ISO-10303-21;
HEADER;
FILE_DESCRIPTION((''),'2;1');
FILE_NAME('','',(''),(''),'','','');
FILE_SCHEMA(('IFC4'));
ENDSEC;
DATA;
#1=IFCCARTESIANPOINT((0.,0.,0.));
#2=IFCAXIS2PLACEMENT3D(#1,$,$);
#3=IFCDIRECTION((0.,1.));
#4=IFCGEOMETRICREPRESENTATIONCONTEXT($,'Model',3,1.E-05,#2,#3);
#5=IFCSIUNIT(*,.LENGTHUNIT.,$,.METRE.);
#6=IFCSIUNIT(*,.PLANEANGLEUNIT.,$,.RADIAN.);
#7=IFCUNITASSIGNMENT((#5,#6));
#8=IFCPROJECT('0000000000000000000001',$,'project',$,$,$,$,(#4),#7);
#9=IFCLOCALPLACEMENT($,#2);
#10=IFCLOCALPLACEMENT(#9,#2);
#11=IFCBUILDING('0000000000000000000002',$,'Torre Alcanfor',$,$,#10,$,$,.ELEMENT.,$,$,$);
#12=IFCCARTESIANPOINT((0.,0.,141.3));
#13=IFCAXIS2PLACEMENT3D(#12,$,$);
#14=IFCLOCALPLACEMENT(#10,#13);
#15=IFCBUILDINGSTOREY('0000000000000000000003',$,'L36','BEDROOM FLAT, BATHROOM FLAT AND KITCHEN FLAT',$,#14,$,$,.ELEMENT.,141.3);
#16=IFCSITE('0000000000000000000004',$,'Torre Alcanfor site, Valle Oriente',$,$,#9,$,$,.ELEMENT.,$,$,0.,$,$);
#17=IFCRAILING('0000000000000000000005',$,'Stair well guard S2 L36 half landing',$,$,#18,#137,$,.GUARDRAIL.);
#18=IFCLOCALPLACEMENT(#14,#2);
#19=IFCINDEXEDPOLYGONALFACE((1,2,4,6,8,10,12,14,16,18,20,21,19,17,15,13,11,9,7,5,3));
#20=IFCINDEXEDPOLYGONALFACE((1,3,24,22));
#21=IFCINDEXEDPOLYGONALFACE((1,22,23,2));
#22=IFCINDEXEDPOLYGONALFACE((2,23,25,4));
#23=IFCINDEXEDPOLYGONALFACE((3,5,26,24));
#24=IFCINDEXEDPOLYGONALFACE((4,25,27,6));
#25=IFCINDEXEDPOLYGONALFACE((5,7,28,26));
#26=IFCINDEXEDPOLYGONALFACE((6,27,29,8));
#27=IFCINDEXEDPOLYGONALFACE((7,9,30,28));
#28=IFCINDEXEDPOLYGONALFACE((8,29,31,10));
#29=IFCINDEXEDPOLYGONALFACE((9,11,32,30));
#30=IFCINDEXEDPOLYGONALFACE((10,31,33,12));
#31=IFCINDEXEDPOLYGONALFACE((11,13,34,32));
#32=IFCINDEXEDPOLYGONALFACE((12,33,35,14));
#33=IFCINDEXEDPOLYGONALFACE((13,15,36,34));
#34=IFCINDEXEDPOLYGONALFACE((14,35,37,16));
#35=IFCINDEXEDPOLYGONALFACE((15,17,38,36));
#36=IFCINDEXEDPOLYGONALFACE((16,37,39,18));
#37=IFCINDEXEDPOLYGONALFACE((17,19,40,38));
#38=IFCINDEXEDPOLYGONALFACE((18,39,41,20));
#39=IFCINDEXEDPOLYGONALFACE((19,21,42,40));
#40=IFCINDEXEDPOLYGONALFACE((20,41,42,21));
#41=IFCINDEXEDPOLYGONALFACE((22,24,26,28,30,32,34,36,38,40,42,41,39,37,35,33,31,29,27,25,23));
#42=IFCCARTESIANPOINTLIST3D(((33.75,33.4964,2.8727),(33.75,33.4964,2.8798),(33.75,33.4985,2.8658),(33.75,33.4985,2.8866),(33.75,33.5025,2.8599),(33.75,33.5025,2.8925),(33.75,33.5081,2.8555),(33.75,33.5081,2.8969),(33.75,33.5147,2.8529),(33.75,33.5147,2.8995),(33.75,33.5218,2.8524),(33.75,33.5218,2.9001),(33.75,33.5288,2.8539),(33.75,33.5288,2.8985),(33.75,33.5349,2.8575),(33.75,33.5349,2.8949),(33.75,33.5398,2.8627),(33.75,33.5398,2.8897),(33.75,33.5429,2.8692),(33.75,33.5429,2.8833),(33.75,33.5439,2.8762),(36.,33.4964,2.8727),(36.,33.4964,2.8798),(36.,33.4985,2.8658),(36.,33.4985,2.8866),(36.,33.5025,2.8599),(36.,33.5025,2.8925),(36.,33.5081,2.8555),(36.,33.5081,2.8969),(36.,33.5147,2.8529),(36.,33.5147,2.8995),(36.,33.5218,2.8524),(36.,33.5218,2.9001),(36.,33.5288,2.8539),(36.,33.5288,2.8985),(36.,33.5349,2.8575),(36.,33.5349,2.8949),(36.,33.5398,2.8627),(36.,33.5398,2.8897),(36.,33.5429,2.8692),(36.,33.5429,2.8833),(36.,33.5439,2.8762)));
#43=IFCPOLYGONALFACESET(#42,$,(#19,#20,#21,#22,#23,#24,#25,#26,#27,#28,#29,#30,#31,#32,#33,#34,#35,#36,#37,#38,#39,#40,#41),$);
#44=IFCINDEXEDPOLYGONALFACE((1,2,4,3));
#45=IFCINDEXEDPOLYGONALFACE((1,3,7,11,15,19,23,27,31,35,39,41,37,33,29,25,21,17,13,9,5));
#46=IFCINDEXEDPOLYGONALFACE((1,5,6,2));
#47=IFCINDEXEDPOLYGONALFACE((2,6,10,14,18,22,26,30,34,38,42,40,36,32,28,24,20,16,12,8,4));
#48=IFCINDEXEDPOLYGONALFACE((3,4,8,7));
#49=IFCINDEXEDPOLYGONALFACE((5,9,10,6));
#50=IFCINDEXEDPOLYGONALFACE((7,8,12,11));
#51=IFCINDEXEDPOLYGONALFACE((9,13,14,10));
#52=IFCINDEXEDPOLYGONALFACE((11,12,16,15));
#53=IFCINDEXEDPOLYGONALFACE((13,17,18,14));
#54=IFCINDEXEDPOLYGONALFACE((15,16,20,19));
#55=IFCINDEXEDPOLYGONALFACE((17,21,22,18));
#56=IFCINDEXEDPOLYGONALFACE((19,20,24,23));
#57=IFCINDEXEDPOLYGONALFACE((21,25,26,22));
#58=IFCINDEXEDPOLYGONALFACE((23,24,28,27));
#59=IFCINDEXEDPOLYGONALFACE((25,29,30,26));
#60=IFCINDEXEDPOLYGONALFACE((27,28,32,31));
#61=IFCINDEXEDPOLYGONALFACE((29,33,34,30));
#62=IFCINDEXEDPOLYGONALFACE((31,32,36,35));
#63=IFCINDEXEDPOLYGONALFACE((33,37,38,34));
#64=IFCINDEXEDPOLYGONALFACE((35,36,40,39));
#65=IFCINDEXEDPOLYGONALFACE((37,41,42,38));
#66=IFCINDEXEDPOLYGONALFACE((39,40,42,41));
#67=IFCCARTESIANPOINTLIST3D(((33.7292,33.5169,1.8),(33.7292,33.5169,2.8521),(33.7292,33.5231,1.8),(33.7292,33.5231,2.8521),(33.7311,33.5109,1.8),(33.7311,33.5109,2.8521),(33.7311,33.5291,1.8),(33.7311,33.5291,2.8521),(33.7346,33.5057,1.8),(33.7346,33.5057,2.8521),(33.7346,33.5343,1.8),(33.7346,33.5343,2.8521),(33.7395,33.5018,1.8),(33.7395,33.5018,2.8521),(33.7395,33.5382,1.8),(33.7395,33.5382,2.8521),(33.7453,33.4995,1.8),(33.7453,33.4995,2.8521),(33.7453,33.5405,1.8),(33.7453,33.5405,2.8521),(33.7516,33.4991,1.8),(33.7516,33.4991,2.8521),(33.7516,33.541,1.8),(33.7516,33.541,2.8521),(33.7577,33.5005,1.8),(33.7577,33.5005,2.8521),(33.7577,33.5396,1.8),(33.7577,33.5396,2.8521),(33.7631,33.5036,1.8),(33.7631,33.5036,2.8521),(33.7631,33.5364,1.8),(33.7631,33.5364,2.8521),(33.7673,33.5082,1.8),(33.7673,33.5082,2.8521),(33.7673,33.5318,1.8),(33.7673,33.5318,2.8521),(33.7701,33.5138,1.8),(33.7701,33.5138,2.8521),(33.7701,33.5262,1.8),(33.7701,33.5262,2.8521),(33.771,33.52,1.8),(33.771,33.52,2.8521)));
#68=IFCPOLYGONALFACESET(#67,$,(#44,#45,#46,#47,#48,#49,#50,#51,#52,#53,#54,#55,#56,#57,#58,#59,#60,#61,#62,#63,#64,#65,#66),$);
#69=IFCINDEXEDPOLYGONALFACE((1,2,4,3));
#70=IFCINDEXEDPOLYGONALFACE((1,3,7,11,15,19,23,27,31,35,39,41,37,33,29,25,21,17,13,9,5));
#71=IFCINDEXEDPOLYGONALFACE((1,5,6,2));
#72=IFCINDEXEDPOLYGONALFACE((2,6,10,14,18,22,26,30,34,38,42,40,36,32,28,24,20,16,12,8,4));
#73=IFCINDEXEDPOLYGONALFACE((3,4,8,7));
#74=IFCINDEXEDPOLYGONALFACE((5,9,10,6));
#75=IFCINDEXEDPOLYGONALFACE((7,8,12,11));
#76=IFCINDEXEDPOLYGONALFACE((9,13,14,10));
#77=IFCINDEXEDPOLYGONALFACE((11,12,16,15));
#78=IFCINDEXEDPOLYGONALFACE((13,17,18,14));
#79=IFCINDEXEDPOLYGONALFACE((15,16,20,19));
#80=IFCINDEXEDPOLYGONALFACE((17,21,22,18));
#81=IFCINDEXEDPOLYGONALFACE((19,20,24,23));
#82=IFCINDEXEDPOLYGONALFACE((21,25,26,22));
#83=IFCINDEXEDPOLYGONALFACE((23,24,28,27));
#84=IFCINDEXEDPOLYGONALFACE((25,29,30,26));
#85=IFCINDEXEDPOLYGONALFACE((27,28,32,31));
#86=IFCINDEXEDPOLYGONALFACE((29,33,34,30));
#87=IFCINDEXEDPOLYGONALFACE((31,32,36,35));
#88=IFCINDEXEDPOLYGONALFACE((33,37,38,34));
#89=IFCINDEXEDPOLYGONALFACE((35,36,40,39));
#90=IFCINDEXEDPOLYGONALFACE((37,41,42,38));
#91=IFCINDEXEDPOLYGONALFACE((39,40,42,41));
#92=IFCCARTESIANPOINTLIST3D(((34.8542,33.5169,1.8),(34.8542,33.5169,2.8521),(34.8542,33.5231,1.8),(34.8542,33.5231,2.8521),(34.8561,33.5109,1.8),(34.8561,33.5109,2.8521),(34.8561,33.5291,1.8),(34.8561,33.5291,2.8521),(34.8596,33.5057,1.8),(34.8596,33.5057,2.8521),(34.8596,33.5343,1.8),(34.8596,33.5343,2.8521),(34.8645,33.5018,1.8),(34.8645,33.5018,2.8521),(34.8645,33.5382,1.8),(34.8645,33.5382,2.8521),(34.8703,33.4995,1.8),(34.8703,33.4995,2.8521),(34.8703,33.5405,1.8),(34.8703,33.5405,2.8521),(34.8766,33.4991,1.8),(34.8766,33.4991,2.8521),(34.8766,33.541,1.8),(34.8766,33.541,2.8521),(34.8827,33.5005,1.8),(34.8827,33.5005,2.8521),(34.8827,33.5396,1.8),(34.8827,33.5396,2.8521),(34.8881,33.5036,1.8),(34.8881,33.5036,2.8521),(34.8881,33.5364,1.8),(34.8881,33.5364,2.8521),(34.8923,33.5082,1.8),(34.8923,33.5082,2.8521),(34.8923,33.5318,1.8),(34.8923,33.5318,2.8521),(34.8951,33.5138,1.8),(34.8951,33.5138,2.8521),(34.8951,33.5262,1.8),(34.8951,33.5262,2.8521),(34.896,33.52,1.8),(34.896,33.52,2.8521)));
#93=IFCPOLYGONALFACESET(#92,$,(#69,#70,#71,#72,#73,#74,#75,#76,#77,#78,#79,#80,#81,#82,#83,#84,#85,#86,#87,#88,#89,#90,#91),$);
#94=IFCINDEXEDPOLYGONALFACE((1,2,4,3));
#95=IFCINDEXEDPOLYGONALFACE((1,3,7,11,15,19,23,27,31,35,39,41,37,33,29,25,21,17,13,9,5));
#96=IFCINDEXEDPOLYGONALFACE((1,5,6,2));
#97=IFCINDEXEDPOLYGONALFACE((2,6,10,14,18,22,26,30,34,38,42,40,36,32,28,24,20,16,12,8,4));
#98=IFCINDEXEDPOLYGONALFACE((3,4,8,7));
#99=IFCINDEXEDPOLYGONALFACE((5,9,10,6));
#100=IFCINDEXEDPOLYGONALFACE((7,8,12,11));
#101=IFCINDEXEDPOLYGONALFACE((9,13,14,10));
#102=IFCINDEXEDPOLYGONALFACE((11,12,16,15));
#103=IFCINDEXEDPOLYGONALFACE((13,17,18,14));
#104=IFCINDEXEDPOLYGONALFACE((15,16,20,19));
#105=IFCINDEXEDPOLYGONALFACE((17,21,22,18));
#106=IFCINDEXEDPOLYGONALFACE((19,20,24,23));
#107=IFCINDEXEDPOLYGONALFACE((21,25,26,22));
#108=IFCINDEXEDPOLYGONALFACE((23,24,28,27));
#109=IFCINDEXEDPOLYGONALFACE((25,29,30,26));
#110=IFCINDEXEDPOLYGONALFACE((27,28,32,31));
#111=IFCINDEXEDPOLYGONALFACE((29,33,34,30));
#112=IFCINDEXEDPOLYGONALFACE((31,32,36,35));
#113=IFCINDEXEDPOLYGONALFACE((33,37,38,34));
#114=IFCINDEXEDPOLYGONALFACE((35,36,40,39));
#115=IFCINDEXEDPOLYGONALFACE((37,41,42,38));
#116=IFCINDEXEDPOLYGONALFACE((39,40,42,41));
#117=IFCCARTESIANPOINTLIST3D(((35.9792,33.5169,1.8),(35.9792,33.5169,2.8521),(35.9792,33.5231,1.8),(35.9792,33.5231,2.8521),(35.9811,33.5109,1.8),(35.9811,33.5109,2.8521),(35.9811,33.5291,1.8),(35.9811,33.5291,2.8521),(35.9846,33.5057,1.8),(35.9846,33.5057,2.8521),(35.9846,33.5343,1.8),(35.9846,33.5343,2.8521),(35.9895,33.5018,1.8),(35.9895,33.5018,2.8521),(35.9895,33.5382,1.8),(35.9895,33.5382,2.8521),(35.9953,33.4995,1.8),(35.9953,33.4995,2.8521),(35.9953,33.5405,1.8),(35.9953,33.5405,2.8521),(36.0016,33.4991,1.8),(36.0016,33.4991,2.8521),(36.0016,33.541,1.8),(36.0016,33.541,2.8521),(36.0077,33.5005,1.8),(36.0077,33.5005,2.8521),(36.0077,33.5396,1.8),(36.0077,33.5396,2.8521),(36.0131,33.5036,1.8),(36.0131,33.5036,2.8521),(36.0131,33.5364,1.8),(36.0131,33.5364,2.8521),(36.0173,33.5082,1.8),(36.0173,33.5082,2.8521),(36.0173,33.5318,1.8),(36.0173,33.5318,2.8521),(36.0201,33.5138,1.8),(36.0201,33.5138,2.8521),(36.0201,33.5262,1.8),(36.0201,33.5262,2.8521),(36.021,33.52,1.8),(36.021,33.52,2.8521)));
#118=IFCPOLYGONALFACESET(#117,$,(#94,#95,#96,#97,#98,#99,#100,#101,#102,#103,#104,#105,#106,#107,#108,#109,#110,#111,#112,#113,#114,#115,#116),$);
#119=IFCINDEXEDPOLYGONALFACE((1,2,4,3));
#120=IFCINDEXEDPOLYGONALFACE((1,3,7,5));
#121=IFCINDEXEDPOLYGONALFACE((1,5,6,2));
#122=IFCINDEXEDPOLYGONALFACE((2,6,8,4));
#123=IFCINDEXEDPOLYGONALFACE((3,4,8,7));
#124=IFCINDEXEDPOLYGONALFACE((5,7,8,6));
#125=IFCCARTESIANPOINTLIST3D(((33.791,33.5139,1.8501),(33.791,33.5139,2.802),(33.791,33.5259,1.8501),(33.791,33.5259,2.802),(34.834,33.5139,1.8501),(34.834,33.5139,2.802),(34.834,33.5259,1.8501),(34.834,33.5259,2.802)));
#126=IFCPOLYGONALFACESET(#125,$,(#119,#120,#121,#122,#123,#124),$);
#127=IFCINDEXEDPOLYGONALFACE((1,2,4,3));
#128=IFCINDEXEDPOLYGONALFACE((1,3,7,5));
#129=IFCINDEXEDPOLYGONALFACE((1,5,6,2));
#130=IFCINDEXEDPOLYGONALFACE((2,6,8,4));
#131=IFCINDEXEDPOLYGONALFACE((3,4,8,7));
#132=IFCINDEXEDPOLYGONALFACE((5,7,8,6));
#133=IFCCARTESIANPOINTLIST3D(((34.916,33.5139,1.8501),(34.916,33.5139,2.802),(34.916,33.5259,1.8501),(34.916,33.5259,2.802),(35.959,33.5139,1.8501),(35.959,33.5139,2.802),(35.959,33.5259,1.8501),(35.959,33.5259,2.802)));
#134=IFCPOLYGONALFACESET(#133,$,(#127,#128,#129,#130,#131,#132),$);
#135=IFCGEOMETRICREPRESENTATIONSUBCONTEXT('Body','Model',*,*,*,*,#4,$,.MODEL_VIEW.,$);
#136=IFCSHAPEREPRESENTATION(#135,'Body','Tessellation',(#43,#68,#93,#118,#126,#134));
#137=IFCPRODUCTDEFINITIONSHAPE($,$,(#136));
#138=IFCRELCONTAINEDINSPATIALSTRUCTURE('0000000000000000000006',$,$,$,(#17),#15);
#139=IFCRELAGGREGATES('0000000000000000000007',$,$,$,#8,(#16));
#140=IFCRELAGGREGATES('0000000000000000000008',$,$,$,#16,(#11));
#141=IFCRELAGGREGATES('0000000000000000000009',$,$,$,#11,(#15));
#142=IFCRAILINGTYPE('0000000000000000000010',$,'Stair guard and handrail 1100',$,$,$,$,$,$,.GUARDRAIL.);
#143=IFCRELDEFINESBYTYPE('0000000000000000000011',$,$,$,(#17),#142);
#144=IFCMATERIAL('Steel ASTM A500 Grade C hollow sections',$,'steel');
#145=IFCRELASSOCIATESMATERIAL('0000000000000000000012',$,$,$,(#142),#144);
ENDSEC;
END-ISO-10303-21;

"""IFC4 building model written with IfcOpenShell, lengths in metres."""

from ifc_helpers import new_model, si_unit, direction, frame, origin, origin_2d, place, context, subcontext, project, spatial, polyline, circle, outline, extrude, material, type_object, element, save


model = new_model("IFC4")

# Units and contexts
model_context = context("Model", 3, precision=1e-05, world=origin(), true_north=direction((0.0, 1.0)))
body_context = subcontext(model_context, "Body", "Model", "MODEL_VIEW")
ifc_project = project(units=[si_unit("LENGTHUNIT", "METRE"), si_unit("PLANEANGLEUNIT", "RADIAN")], contexts=[model_context])

# Site, building, storey
site_placement = place(None, origin())
site = spatial("IfcSite", under=ifc_project, at=site_placement, Name="Torre Alcanfor site, Valle Oriente", CompositionType="ELEMENT", RefElevation=0.0)
building_placement = place(site_placement, origin())
building = spatial("IfcBuilding", under=site, at=building_placement, Name="Torre Alcanfor", CompositionType="ELEMENT")
storey_placement = place(building_placement, frame((0.0, 0.0, 141.3)))
storey = spatial("IfcBuildingStorey", under=building, at=storey_placement, Name="L36", Description="BEDROOM FLAT, BATHROOM FLAT AND KITCHEN FLAT", CompositionType="ELEMENT", Elevation=141.3)

# Railing
ifc_material_1 = material(Name="Steel ASTM A500 Grade C hollow sections", Category="steel")
railing_type_1 = type_object("IfcRailingType", Name="Stair guard and handrail 1100", PredefinedType="GUARDRAIL", material=ifc_material_1)
for number, where, name in (
    (1, (33.75, 33.52, 1.8), "Stair well guard S2 L36 half landing"),
):
    element("IfcRailing", number, at=place(storey_placement, frame(where)), inside=storey, type_object=railing_type_1, Name=name, PredefinedType="GUARDRAIL", context=body_context, shape_type="SweptSolid", body=[
        extrude(circle(Radius=0.0239, at=origin_2d()), frame((0.0, 0.0, 1.0762), z_axis=(1.0, 0.0, 0.0), x_axis=(0.0, 1.0, 0.0)), (0.0, 0.0, 1.0), 2.25),
        extrude(circle(Radius=0.021, at=origin_2d()), origin(), (0.0, 0.0, 1.0), 1.052),
        extrude(circle(Radius=0.021, at=origin_2d()), frame((1.125, 0.0, 0.0)), (0.0, 0.0, 1.0), 1.052),
        extrude(circle(Radius=0.021, at=origin_2d()), frame((2.25, 0.0, 0.0)), (0.0, 0.0, 1.0), 1.052),
        extrude(outline(polyline([(0.041, 0.05), (1.084, 0.05), (1.084, 1.002), (0.041, 1.002), (0.041, 0.05)])), frame((0.0, 0.0059, 0.0), z_axis=(0.0, -1.0, 0.0), x_axis=(1.0, 0.0, 0.0)), (0.0, 0.0, 1.0), 0.012),
        extrude(outline(polyline([(1.166, 0.05), (2.209, 0.05), (2.209, 1.002), (1.166, 1.002), (1.166, 0.05)])), frame((0.0, 0.0059, 0.0), z_axis=(0.0, -1.0, 0.0), x_axis=(1.0, 0.0, 0.0)), (0.0, 0.0, 1.0), 0.012),
    ])

save(model, "model.ifc")
